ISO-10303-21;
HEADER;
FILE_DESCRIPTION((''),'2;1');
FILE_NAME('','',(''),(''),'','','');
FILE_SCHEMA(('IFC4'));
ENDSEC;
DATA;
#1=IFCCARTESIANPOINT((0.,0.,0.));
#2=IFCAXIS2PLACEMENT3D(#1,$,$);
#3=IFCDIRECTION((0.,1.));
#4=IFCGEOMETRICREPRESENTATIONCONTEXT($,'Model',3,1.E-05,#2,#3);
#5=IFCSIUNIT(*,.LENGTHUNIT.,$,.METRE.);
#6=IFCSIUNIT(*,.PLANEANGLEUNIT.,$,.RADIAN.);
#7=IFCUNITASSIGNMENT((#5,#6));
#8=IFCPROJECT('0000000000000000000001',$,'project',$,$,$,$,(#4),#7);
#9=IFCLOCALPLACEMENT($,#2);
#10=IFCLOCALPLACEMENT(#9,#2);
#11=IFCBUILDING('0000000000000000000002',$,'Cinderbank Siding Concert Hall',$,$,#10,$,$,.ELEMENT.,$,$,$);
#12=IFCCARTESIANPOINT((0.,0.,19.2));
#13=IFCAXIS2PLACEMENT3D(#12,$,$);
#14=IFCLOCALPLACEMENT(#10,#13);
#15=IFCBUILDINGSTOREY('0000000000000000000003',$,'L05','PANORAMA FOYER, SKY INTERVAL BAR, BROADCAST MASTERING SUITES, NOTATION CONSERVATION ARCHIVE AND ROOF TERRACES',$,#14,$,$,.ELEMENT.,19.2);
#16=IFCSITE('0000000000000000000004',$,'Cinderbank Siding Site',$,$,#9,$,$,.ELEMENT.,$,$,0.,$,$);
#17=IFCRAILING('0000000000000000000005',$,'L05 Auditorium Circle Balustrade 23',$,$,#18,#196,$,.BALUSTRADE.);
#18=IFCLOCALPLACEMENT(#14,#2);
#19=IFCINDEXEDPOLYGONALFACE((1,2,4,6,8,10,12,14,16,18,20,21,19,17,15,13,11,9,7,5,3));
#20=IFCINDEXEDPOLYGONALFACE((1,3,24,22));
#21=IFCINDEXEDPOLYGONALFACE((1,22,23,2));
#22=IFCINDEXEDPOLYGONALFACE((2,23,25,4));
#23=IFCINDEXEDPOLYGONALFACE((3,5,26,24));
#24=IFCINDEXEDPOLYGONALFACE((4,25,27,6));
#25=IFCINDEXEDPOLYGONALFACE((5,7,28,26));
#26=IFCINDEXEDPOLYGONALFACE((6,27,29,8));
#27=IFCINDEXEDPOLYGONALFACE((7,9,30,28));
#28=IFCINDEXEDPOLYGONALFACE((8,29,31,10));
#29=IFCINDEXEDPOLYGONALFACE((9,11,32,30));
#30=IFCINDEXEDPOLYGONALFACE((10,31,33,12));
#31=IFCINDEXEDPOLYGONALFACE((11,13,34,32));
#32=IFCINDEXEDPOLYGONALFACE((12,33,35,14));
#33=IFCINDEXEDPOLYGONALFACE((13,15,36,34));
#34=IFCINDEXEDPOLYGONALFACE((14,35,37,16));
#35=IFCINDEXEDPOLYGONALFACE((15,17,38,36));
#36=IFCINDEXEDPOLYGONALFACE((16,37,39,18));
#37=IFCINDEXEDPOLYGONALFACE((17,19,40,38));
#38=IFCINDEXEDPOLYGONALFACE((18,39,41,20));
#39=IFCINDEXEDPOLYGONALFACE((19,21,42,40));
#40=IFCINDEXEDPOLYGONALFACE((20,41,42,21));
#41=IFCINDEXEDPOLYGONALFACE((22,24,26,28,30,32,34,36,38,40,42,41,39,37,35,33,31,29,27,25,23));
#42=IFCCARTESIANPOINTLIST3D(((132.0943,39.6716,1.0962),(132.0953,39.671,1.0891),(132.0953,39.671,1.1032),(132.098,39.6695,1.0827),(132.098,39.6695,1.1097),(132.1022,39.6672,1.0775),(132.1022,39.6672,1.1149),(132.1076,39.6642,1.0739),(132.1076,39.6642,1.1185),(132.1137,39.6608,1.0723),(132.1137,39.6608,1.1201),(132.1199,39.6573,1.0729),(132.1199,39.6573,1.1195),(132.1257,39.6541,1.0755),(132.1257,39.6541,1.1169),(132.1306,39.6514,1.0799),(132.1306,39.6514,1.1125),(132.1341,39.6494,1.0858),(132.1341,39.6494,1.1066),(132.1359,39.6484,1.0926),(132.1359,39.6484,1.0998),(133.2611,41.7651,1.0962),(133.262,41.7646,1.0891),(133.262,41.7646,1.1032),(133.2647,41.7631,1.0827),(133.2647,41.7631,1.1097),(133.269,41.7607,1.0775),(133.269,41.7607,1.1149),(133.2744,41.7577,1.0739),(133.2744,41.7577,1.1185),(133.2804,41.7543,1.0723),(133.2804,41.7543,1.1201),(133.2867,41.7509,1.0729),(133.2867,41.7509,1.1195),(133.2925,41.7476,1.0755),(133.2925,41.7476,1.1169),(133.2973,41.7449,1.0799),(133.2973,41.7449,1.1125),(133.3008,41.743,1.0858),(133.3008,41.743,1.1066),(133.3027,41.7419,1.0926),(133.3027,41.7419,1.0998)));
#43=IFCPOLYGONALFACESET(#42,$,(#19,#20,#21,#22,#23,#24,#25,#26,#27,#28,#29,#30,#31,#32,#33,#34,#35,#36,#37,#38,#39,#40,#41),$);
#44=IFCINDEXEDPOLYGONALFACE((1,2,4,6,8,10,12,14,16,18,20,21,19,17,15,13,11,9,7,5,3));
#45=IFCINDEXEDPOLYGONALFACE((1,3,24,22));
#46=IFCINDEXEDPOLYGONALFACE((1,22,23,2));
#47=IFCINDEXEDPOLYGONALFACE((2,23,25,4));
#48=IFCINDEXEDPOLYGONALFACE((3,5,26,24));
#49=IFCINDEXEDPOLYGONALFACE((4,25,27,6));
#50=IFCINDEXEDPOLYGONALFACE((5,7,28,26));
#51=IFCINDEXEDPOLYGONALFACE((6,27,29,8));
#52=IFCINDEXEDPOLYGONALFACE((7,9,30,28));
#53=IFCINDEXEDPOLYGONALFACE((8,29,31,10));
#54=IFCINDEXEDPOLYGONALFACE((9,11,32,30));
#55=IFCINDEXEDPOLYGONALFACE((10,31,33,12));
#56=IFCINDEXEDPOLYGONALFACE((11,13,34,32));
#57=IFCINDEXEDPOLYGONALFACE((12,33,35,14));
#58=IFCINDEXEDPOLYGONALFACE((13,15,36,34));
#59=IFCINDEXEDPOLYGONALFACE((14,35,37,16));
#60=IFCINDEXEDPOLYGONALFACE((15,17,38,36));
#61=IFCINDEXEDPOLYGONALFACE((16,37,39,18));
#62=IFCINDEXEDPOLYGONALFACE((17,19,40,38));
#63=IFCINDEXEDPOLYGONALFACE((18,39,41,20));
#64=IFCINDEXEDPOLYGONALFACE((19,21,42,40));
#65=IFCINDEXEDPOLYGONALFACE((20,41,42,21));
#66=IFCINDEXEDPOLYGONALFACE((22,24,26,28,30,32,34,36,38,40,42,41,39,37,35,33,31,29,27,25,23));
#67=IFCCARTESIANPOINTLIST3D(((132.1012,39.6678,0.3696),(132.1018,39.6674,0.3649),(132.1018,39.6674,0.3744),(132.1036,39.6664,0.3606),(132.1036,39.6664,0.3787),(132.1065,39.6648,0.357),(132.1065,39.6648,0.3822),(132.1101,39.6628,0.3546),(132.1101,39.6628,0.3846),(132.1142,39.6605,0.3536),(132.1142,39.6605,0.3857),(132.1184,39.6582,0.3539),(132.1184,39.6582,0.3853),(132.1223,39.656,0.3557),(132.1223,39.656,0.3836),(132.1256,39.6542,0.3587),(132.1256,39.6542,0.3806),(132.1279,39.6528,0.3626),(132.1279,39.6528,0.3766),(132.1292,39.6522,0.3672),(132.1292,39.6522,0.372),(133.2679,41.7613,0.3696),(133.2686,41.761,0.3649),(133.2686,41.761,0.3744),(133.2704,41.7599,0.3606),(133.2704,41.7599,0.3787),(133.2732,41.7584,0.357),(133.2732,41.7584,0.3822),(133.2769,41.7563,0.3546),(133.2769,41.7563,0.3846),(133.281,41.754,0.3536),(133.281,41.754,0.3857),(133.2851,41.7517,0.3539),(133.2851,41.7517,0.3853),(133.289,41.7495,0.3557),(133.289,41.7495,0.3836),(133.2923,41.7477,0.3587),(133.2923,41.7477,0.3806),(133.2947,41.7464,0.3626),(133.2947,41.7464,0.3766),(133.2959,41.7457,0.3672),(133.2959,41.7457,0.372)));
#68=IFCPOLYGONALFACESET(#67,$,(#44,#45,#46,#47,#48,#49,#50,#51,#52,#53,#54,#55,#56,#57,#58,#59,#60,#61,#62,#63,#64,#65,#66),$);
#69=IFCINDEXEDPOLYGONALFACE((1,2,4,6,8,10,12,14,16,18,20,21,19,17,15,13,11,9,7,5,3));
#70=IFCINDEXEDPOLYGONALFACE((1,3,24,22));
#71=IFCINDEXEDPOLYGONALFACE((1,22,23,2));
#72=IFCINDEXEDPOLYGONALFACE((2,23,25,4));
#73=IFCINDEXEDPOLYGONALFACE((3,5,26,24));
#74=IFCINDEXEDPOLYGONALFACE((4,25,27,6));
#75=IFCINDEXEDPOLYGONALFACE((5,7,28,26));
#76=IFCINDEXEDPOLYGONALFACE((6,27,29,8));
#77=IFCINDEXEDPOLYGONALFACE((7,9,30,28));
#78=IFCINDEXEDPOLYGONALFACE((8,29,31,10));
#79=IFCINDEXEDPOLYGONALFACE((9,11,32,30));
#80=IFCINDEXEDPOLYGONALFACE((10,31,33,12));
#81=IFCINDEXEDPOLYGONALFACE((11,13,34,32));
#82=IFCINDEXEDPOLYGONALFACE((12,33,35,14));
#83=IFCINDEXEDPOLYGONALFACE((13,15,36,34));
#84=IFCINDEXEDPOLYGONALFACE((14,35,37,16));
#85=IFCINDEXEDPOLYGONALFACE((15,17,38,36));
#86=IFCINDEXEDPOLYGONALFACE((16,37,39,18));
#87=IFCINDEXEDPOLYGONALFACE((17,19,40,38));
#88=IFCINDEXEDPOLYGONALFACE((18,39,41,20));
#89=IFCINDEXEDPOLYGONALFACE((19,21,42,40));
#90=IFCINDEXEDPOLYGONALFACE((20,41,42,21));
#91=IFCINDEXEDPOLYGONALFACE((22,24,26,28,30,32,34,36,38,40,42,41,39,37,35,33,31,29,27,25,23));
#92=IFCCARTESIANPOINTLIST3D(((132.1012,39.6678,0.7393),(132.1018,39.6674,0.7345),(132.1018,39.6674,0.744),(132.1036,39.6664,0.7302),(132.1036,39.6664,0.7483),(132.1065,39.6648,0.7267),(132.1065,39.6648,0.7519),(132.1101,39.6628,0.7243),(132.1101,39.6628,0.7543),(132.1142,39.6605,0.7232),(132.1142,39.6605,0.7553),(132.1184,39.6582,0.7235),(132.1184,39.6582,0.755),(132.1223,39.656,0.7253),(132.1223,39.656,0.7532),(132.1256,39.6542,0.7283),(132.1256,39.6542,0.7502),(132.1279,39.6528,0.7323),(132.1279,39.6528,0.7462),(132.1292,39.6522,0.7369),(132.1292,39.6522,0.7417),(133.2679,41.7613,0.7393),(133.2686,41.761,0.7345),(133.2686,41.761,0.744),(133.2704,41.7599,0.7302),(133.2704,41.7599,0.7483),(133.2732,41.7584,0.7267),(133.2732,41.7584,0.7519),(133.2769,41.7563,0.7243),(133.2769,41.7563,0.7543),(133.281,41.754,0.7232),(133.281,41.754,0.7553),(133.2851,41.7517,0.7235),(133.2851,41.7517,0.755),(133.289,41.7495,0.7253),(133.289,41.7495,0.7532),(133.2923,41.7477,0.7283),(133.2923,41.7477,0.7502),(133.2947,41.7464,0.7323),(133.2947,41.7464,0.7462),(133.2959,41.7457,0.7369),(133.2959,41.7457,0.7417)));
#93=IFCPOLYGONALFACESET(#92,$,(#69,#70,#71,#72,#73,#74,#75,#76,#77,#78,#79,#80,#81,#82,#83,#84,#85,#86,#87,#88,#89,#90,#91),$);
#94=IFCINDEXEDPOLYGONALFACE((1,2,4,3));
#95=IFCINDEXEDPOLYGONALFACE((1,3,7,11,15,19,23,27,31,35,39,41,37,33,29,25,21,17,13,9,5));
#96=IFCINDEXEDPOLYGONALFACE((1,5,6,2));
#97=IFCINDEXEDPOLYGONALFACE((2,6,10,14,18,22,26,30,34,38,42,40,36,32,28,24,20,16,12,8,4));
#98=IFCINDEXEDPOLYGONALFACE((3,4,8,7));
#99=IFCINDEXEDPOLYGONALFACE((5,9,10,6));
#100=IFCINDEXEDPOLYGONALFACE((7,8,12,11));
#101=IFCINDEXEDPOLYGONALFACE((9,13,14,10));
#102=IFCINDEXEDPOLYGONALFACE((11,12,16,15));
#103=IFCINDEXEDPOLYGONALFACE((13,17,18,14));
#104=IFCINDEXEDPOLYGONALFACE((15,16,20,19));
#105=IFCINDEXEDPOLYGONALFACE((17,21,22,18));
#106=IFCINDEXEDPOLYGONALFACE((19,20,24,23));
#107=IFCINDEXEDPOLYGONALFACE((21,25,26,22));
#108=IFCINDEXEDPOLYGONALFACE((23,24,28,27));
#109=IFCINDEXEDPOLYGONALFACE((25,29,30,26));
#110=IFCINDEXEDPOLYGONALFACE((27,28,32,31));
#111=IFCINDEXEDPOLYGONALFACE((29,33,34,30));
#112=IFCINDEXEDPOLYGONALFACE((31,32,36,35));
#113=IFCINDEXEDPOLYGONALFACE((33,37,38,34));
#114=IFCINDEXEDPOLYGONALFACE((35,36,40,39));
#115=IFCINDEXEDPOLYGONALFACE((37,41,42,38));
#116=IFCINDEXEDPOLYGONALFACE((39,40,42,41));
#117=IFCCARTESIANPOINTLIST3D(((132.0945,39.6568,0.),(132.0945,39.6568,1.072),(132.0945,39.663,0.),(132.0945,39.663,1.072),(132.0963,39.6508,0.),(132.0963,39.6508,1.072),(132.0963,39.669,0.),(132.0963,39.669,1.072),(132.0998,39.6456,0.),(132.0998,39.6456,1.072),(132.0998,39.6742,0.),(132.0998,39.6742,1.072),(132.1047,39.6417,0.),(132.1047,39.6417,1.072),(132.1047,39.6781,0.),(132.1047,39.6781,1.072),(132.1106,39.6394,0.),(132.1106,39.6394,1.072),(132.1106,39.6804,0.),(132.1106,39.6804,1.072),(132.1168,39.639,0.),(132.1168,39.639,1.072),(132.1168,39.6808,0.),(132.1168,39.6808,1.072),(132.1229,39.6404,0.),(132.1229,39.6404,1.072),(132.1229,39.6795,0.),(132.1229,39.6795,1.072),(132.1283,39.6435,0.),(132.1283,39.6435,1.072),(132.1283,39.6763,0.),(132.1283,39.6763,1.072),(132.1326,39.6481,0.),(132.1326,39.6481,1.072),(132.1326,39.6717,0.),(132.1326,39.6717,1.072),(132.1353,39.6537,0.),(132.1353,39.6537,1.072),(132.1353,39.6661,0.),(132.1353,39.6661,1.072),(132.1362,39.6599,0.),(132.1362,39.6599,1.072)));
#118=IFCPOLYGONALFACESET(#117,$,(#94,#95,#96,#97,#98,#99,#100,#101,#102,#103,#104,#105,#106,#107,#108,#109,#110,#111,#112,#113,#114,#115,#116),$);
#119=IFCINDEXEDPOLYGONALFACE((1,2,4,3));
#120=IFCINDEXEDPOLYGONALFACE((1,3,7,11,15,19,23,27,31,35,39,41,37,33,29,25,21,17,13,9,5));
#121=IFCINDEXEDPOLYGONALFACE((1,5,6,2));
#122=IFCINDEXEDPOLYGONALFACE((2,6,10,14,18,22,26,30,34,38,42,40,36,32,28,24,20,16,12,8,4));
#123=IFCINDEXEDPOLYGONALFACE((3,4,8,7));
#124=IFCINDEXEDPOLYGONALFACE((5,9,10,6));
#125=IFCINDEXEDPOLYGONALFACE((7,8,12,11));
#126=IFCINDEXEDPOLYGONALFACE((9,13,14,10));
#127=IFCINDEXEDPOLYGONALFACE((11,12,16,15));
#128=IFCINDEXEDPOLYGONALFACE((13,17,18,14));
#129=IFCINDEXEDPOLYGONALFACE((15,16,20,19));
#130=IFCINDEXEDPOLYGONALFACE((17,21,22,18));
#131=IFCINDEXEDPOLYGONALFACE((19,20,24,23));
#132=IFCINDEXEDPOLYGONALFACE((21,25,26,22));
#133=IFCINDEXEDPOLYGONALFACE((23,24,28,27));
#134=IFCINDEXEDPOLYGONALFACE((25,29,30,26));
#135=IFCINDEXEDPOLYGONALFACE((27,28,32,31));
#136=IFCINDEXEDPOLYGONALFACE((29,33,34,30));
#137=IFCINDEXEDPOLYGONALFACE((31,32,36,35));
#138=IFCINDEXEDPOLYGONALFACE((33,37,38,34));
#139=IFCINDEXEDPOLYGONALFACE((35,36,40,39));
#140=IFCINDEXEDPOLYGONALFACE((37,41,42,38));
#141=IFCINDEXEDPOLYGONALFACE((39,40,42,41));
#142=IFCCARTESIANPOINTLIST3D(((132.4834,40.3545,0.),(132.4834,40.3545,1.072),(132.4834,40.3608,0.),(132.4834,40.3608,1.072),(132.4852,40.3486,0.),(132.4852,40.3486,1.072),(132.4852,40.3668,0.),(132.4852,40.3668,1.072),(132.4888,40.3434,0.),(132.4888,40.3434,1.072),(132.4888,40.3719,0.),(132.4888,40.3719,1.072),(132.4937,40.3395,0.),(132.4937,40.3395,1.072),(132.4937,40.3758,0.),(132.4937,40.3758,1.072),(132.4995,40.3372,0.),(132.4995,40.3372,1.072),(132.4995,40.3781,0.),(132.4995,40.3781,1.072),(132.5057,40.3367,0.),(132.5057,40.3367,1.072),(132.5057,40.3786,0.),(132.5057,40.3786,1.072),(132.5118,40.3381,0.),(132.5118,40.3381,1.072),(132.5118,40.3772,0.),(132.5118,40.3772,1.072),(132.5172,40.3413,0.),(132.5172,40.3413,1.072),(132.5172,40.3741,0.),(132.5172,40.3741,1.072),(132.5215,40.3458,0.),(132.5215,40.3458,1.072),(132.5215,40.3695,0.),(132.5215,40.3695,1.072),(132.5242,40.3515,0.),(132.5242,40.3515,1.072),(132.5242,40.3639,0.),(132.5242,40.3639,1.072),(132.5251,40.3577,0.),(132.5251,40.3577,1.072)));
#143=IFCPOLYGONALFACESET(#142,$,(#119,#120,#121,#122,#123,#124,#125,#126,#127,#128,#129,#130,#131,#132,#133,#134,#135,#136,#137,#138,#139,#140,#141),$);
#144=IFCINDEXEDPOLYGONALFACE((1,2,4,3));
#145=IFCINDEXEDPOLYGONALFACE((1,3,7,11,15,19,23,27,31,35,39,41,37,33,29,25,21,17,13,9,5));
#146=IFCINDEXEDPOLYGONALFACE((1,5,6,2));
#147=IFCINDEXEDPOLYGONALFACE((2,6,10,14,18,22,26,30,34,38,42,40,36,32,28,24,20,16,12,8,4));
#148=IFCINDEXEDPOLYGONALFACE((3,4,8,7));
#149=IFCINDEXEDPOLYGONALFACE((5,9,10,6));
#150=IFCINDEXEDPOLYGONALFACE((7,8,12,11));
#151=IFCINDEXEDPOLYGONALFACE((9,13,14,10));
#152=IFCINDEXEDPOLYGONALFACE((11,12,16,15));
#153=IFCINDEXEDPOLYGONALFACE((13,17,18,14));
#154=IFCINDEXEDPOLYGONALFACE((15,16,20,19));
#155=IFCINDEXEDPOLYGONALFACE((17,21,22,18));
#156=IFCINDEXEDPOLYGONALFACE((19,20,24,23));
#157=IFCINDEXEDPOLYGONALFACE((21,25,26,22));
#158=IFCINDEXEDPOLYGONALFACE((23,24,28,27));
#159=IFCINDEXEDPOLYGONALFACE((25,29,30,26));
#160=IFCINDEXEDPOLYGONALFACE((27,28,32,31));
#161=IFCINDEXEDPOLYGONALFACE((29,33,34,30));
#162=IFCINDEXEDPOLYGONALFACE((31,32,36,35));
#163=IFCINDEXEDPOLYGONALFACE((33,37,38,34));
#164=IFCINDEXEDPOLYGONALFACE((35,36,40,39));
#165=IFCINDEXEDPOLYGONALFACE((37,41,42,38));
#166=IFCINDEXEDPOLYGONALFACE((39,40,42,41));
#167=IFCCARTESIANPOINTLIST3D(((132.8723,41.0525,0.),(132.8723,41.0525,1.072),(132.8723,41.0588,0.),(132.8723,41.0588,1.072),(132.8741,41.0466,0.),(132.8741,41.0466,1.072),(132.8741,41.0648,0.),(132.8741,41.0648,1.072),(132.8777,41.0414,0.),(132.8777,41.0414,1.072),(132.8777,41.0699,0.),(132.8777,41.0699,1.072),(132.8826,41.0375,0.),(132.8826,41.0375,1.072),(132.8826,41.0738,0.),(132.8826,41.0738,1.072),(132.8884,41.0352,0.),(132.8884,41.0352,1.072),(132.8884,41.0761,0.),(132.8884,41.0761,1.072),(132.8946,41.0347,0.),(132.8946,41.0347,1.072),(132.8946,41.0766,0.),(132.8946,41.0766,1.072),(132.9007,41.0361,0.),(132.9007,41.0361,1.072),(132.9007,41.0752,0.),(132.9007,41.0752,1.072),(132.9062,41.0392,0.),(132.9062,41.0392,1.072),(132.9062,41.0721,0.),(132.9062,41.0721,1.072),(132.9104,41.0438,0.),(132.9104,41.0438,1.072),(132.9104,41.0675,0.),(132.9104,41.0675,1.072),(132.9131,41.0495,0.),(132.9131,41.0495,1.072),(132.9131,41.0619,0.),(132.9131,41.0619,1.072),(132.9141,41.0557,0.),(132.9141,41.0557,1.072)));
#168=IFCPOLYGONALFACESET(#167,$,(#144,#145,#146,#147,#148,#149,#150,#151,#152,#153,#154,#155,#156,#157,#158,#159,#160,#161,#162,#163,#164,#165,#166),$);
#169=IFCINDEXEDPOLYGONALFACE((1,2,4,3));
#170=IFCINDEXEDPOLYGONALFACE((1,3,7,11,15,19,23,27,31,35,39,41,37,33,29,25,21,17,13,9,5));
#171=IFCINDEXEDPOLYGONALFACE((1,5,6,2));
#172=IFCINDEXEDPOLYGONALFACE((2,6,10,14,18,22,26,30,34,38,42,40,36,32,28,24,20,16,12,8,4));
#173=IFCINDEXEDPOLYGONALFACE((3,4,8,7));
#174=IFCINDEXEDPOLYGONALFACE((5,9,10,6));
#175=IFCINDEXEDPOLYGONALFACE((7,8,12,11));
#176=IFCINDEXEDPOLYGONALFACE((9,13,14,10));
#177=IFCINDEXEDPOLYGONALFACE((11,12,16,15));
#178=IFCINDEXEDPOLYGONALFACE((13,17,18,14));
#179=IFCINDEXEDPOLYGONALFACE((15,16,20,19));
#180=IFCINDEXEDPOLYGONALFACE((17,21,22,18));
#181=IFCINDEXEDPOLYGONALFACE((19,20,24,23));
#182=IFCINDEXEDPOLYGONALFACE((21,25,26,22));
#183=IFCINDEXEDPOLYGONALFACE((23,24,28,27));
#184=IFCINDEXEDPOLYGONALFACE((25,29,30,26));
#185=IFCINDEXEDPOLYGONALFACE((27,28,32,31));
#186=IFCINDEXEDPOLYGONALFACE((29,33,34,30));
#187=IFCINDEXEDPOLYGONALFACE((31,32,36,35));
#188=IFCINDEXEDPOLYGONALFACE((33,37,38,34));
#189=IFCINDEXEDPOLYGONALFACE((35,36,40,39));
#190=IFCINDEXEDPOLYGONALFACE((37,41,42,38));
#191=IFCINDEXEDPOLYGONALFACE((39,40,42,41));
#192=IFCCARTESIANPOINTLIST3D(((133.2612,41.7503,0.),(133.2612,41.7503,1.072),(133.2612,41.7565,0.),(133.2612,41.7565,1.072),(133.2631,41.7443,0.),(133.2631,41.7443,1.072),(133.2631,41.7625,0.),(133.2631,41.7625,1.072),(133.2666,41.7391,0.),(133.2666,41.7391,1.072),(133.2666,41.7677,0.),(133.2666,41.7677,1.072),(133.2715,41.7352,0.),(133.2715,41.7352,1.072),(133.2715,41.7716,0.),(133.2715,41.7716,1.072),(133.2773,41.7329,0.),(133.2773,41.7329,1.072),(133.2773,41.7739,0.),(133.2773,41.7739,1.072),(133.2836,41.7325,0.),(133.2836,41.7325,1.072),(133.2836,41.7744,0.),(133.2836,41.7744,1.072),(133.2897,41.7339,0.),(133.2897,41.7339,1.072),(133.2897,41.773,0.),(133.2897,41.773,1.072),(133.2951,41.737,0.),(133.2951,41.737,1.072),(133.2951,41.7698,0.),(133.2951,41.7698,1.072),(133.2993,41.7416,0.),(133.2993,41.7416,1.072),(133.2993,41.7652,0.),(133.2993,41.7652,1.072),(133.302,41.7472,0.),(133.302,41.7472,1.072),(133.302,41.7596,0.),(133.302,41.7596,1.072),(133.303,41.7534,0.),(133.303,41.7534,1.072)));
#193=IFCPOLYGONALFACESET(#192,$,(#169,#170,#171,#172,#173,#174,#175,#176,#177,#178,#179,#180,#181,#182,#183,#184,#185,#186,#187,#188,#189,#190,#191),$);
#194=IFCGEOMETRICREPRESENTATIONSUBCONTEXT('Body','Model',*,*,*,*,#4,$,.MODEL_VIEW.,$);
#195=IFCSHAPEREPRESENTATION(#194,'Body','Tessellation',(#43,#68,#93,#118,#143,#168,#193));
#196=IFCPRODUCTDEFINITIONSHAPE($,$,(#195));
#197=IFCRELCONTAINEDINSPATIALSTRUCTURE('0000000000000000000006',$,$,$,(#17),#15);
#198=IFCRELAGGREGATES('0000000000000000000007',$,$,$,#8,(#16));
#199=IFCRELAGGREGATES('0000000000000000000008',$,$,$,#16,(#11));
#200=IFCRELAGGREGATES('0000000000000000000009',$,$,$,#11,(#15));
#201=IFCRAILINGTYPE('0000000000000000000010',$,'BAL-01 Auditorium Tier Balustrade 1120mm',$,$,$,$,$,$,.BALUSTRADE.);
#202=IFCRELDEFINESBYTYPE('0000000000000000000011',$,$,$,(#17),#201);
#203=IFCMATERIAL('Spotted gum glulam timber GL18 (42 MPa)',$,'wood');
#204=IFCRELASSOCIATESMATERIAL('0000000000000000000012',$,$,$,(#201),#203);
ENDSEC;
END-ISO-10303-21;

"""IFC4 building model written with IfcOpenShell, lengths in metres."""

from ifc_helpers import new_model, si_unit, direction, frame, origin, origin_2d, place, context, subcontext, project, spatial, circle, extrude, material, type_object, element, save


model = new_model("IFC4")

# Units and contexts
model_context = context("Model", 3, precision=1e-05, world=origin(), true_north=direction((0.0, 1.0)))
body_context = subcontext(model_context, "Body", "Model", "MODEL_VIEW")
ifc_project = project(units=[si_unit("LENGTHUNIT", "METRE"), si_unit("PLANEANGLEUNIT", "RADIAN")], contexts=[model_context])

# Site, building, storey
site_placement = place(None, origin())
site = spatial("IfcSite", under=ifc_project, at=site_placement, Name="Cinderbank Siding Site", CompositionType="ELEMENT", RefElevation=0.0)
building_placement = place(site_placement, origin())
building = spatial("IfcBuilding", under=site, at=building_placement, Name="Cinderbank Siding Concert Hall", CompositionType="ELEMENT")
storey_placement = place(building_placement, frame((0.0, 0.0, 19.2)))
storey = spatial("IfcBuildingStorey", under=building, at=storey_placement, Name="L05", Description="PANORAMA FOYER, SKY INTERVAL BAR, BROADCAST MASTERING SUITES, NOTATION CONSERVATION ARCHIVE AND ROOF TERRACES", CompositionType="ELEMENT", Elevation=19.2)

# Railing
ifc_material_1 = material(Name="Spotted gum glulam timber GL18 (42 MPa)", Category="wood")
railing_type = type_object("IfcRailingType", Name="BAL-01 Auditorium Tier Balustrade 1120mm", PredefinedType="BALUSTRADE", material=ifc_material_1)
railing_1_placement = place(storey_placement, frame((132.1152, 39.6599, 0.0)))
element("IfcRailing", 1, at=railing_1_placement, inside=storey, type_object=railing_type, Name="L05 Auditorium Circle Balustrade 23", PredefinedType="BALUSTRADE", context=body_context, shape_type="SweptSolid", body=[
    extrude(circle(Radius=0.0239, at=origin_2d()), frame((0.0, 0.0, 1.0962), z_axis=(0.486819, 0.873503, 0.0), x_axis=(-0.873503, 0.486819, 0.0)), (0.0, 0.0, 1.0), 2.3967),
    extrude(circle(Radius=0.0161, at=origin_2d()), frame((0.0, 0.0, 0.3696), z_axis=(0.486819, 0.873503, 0.0), x_axis=(-0.873503, 0.486819, 0.0)), (0.0, 0.0, 1.0), 2.3967),
    extrude(circle(Radius=0.0161, at=origin_2d()), frame((0.0, 0.0, 0.7393), z_axis=(0.486819, 0.873503, 0.0), x_axis=(-0.873503, 0.486819, 0.0)), (0.0, 0.0, 1.0), 2.3967),
    extrude(circle(Radius=0.021, at=origin_2d()), origin(), (0.0, 0.0, 1.0), 1.072),
    extrude(circle(Radius=0.021, at=origin_2d()), frame((0.3889, 0.6978, 0.0)), (0.0, 0.0, 1.0), 1.072),
    extrude(circle(Radius=0.021, at=origin_2d()), frame((0.7778, 1.3958, 0.0)), (0.0, 0.0, 1.0), 1.072),
    extrude(circle(Radius=0.021, at=origin_2d()), frame((1.1667, 2.0935, 0.0)), (0.0, 0.0, 1.0), 1.072),
])

save(model, "model.ifc")
